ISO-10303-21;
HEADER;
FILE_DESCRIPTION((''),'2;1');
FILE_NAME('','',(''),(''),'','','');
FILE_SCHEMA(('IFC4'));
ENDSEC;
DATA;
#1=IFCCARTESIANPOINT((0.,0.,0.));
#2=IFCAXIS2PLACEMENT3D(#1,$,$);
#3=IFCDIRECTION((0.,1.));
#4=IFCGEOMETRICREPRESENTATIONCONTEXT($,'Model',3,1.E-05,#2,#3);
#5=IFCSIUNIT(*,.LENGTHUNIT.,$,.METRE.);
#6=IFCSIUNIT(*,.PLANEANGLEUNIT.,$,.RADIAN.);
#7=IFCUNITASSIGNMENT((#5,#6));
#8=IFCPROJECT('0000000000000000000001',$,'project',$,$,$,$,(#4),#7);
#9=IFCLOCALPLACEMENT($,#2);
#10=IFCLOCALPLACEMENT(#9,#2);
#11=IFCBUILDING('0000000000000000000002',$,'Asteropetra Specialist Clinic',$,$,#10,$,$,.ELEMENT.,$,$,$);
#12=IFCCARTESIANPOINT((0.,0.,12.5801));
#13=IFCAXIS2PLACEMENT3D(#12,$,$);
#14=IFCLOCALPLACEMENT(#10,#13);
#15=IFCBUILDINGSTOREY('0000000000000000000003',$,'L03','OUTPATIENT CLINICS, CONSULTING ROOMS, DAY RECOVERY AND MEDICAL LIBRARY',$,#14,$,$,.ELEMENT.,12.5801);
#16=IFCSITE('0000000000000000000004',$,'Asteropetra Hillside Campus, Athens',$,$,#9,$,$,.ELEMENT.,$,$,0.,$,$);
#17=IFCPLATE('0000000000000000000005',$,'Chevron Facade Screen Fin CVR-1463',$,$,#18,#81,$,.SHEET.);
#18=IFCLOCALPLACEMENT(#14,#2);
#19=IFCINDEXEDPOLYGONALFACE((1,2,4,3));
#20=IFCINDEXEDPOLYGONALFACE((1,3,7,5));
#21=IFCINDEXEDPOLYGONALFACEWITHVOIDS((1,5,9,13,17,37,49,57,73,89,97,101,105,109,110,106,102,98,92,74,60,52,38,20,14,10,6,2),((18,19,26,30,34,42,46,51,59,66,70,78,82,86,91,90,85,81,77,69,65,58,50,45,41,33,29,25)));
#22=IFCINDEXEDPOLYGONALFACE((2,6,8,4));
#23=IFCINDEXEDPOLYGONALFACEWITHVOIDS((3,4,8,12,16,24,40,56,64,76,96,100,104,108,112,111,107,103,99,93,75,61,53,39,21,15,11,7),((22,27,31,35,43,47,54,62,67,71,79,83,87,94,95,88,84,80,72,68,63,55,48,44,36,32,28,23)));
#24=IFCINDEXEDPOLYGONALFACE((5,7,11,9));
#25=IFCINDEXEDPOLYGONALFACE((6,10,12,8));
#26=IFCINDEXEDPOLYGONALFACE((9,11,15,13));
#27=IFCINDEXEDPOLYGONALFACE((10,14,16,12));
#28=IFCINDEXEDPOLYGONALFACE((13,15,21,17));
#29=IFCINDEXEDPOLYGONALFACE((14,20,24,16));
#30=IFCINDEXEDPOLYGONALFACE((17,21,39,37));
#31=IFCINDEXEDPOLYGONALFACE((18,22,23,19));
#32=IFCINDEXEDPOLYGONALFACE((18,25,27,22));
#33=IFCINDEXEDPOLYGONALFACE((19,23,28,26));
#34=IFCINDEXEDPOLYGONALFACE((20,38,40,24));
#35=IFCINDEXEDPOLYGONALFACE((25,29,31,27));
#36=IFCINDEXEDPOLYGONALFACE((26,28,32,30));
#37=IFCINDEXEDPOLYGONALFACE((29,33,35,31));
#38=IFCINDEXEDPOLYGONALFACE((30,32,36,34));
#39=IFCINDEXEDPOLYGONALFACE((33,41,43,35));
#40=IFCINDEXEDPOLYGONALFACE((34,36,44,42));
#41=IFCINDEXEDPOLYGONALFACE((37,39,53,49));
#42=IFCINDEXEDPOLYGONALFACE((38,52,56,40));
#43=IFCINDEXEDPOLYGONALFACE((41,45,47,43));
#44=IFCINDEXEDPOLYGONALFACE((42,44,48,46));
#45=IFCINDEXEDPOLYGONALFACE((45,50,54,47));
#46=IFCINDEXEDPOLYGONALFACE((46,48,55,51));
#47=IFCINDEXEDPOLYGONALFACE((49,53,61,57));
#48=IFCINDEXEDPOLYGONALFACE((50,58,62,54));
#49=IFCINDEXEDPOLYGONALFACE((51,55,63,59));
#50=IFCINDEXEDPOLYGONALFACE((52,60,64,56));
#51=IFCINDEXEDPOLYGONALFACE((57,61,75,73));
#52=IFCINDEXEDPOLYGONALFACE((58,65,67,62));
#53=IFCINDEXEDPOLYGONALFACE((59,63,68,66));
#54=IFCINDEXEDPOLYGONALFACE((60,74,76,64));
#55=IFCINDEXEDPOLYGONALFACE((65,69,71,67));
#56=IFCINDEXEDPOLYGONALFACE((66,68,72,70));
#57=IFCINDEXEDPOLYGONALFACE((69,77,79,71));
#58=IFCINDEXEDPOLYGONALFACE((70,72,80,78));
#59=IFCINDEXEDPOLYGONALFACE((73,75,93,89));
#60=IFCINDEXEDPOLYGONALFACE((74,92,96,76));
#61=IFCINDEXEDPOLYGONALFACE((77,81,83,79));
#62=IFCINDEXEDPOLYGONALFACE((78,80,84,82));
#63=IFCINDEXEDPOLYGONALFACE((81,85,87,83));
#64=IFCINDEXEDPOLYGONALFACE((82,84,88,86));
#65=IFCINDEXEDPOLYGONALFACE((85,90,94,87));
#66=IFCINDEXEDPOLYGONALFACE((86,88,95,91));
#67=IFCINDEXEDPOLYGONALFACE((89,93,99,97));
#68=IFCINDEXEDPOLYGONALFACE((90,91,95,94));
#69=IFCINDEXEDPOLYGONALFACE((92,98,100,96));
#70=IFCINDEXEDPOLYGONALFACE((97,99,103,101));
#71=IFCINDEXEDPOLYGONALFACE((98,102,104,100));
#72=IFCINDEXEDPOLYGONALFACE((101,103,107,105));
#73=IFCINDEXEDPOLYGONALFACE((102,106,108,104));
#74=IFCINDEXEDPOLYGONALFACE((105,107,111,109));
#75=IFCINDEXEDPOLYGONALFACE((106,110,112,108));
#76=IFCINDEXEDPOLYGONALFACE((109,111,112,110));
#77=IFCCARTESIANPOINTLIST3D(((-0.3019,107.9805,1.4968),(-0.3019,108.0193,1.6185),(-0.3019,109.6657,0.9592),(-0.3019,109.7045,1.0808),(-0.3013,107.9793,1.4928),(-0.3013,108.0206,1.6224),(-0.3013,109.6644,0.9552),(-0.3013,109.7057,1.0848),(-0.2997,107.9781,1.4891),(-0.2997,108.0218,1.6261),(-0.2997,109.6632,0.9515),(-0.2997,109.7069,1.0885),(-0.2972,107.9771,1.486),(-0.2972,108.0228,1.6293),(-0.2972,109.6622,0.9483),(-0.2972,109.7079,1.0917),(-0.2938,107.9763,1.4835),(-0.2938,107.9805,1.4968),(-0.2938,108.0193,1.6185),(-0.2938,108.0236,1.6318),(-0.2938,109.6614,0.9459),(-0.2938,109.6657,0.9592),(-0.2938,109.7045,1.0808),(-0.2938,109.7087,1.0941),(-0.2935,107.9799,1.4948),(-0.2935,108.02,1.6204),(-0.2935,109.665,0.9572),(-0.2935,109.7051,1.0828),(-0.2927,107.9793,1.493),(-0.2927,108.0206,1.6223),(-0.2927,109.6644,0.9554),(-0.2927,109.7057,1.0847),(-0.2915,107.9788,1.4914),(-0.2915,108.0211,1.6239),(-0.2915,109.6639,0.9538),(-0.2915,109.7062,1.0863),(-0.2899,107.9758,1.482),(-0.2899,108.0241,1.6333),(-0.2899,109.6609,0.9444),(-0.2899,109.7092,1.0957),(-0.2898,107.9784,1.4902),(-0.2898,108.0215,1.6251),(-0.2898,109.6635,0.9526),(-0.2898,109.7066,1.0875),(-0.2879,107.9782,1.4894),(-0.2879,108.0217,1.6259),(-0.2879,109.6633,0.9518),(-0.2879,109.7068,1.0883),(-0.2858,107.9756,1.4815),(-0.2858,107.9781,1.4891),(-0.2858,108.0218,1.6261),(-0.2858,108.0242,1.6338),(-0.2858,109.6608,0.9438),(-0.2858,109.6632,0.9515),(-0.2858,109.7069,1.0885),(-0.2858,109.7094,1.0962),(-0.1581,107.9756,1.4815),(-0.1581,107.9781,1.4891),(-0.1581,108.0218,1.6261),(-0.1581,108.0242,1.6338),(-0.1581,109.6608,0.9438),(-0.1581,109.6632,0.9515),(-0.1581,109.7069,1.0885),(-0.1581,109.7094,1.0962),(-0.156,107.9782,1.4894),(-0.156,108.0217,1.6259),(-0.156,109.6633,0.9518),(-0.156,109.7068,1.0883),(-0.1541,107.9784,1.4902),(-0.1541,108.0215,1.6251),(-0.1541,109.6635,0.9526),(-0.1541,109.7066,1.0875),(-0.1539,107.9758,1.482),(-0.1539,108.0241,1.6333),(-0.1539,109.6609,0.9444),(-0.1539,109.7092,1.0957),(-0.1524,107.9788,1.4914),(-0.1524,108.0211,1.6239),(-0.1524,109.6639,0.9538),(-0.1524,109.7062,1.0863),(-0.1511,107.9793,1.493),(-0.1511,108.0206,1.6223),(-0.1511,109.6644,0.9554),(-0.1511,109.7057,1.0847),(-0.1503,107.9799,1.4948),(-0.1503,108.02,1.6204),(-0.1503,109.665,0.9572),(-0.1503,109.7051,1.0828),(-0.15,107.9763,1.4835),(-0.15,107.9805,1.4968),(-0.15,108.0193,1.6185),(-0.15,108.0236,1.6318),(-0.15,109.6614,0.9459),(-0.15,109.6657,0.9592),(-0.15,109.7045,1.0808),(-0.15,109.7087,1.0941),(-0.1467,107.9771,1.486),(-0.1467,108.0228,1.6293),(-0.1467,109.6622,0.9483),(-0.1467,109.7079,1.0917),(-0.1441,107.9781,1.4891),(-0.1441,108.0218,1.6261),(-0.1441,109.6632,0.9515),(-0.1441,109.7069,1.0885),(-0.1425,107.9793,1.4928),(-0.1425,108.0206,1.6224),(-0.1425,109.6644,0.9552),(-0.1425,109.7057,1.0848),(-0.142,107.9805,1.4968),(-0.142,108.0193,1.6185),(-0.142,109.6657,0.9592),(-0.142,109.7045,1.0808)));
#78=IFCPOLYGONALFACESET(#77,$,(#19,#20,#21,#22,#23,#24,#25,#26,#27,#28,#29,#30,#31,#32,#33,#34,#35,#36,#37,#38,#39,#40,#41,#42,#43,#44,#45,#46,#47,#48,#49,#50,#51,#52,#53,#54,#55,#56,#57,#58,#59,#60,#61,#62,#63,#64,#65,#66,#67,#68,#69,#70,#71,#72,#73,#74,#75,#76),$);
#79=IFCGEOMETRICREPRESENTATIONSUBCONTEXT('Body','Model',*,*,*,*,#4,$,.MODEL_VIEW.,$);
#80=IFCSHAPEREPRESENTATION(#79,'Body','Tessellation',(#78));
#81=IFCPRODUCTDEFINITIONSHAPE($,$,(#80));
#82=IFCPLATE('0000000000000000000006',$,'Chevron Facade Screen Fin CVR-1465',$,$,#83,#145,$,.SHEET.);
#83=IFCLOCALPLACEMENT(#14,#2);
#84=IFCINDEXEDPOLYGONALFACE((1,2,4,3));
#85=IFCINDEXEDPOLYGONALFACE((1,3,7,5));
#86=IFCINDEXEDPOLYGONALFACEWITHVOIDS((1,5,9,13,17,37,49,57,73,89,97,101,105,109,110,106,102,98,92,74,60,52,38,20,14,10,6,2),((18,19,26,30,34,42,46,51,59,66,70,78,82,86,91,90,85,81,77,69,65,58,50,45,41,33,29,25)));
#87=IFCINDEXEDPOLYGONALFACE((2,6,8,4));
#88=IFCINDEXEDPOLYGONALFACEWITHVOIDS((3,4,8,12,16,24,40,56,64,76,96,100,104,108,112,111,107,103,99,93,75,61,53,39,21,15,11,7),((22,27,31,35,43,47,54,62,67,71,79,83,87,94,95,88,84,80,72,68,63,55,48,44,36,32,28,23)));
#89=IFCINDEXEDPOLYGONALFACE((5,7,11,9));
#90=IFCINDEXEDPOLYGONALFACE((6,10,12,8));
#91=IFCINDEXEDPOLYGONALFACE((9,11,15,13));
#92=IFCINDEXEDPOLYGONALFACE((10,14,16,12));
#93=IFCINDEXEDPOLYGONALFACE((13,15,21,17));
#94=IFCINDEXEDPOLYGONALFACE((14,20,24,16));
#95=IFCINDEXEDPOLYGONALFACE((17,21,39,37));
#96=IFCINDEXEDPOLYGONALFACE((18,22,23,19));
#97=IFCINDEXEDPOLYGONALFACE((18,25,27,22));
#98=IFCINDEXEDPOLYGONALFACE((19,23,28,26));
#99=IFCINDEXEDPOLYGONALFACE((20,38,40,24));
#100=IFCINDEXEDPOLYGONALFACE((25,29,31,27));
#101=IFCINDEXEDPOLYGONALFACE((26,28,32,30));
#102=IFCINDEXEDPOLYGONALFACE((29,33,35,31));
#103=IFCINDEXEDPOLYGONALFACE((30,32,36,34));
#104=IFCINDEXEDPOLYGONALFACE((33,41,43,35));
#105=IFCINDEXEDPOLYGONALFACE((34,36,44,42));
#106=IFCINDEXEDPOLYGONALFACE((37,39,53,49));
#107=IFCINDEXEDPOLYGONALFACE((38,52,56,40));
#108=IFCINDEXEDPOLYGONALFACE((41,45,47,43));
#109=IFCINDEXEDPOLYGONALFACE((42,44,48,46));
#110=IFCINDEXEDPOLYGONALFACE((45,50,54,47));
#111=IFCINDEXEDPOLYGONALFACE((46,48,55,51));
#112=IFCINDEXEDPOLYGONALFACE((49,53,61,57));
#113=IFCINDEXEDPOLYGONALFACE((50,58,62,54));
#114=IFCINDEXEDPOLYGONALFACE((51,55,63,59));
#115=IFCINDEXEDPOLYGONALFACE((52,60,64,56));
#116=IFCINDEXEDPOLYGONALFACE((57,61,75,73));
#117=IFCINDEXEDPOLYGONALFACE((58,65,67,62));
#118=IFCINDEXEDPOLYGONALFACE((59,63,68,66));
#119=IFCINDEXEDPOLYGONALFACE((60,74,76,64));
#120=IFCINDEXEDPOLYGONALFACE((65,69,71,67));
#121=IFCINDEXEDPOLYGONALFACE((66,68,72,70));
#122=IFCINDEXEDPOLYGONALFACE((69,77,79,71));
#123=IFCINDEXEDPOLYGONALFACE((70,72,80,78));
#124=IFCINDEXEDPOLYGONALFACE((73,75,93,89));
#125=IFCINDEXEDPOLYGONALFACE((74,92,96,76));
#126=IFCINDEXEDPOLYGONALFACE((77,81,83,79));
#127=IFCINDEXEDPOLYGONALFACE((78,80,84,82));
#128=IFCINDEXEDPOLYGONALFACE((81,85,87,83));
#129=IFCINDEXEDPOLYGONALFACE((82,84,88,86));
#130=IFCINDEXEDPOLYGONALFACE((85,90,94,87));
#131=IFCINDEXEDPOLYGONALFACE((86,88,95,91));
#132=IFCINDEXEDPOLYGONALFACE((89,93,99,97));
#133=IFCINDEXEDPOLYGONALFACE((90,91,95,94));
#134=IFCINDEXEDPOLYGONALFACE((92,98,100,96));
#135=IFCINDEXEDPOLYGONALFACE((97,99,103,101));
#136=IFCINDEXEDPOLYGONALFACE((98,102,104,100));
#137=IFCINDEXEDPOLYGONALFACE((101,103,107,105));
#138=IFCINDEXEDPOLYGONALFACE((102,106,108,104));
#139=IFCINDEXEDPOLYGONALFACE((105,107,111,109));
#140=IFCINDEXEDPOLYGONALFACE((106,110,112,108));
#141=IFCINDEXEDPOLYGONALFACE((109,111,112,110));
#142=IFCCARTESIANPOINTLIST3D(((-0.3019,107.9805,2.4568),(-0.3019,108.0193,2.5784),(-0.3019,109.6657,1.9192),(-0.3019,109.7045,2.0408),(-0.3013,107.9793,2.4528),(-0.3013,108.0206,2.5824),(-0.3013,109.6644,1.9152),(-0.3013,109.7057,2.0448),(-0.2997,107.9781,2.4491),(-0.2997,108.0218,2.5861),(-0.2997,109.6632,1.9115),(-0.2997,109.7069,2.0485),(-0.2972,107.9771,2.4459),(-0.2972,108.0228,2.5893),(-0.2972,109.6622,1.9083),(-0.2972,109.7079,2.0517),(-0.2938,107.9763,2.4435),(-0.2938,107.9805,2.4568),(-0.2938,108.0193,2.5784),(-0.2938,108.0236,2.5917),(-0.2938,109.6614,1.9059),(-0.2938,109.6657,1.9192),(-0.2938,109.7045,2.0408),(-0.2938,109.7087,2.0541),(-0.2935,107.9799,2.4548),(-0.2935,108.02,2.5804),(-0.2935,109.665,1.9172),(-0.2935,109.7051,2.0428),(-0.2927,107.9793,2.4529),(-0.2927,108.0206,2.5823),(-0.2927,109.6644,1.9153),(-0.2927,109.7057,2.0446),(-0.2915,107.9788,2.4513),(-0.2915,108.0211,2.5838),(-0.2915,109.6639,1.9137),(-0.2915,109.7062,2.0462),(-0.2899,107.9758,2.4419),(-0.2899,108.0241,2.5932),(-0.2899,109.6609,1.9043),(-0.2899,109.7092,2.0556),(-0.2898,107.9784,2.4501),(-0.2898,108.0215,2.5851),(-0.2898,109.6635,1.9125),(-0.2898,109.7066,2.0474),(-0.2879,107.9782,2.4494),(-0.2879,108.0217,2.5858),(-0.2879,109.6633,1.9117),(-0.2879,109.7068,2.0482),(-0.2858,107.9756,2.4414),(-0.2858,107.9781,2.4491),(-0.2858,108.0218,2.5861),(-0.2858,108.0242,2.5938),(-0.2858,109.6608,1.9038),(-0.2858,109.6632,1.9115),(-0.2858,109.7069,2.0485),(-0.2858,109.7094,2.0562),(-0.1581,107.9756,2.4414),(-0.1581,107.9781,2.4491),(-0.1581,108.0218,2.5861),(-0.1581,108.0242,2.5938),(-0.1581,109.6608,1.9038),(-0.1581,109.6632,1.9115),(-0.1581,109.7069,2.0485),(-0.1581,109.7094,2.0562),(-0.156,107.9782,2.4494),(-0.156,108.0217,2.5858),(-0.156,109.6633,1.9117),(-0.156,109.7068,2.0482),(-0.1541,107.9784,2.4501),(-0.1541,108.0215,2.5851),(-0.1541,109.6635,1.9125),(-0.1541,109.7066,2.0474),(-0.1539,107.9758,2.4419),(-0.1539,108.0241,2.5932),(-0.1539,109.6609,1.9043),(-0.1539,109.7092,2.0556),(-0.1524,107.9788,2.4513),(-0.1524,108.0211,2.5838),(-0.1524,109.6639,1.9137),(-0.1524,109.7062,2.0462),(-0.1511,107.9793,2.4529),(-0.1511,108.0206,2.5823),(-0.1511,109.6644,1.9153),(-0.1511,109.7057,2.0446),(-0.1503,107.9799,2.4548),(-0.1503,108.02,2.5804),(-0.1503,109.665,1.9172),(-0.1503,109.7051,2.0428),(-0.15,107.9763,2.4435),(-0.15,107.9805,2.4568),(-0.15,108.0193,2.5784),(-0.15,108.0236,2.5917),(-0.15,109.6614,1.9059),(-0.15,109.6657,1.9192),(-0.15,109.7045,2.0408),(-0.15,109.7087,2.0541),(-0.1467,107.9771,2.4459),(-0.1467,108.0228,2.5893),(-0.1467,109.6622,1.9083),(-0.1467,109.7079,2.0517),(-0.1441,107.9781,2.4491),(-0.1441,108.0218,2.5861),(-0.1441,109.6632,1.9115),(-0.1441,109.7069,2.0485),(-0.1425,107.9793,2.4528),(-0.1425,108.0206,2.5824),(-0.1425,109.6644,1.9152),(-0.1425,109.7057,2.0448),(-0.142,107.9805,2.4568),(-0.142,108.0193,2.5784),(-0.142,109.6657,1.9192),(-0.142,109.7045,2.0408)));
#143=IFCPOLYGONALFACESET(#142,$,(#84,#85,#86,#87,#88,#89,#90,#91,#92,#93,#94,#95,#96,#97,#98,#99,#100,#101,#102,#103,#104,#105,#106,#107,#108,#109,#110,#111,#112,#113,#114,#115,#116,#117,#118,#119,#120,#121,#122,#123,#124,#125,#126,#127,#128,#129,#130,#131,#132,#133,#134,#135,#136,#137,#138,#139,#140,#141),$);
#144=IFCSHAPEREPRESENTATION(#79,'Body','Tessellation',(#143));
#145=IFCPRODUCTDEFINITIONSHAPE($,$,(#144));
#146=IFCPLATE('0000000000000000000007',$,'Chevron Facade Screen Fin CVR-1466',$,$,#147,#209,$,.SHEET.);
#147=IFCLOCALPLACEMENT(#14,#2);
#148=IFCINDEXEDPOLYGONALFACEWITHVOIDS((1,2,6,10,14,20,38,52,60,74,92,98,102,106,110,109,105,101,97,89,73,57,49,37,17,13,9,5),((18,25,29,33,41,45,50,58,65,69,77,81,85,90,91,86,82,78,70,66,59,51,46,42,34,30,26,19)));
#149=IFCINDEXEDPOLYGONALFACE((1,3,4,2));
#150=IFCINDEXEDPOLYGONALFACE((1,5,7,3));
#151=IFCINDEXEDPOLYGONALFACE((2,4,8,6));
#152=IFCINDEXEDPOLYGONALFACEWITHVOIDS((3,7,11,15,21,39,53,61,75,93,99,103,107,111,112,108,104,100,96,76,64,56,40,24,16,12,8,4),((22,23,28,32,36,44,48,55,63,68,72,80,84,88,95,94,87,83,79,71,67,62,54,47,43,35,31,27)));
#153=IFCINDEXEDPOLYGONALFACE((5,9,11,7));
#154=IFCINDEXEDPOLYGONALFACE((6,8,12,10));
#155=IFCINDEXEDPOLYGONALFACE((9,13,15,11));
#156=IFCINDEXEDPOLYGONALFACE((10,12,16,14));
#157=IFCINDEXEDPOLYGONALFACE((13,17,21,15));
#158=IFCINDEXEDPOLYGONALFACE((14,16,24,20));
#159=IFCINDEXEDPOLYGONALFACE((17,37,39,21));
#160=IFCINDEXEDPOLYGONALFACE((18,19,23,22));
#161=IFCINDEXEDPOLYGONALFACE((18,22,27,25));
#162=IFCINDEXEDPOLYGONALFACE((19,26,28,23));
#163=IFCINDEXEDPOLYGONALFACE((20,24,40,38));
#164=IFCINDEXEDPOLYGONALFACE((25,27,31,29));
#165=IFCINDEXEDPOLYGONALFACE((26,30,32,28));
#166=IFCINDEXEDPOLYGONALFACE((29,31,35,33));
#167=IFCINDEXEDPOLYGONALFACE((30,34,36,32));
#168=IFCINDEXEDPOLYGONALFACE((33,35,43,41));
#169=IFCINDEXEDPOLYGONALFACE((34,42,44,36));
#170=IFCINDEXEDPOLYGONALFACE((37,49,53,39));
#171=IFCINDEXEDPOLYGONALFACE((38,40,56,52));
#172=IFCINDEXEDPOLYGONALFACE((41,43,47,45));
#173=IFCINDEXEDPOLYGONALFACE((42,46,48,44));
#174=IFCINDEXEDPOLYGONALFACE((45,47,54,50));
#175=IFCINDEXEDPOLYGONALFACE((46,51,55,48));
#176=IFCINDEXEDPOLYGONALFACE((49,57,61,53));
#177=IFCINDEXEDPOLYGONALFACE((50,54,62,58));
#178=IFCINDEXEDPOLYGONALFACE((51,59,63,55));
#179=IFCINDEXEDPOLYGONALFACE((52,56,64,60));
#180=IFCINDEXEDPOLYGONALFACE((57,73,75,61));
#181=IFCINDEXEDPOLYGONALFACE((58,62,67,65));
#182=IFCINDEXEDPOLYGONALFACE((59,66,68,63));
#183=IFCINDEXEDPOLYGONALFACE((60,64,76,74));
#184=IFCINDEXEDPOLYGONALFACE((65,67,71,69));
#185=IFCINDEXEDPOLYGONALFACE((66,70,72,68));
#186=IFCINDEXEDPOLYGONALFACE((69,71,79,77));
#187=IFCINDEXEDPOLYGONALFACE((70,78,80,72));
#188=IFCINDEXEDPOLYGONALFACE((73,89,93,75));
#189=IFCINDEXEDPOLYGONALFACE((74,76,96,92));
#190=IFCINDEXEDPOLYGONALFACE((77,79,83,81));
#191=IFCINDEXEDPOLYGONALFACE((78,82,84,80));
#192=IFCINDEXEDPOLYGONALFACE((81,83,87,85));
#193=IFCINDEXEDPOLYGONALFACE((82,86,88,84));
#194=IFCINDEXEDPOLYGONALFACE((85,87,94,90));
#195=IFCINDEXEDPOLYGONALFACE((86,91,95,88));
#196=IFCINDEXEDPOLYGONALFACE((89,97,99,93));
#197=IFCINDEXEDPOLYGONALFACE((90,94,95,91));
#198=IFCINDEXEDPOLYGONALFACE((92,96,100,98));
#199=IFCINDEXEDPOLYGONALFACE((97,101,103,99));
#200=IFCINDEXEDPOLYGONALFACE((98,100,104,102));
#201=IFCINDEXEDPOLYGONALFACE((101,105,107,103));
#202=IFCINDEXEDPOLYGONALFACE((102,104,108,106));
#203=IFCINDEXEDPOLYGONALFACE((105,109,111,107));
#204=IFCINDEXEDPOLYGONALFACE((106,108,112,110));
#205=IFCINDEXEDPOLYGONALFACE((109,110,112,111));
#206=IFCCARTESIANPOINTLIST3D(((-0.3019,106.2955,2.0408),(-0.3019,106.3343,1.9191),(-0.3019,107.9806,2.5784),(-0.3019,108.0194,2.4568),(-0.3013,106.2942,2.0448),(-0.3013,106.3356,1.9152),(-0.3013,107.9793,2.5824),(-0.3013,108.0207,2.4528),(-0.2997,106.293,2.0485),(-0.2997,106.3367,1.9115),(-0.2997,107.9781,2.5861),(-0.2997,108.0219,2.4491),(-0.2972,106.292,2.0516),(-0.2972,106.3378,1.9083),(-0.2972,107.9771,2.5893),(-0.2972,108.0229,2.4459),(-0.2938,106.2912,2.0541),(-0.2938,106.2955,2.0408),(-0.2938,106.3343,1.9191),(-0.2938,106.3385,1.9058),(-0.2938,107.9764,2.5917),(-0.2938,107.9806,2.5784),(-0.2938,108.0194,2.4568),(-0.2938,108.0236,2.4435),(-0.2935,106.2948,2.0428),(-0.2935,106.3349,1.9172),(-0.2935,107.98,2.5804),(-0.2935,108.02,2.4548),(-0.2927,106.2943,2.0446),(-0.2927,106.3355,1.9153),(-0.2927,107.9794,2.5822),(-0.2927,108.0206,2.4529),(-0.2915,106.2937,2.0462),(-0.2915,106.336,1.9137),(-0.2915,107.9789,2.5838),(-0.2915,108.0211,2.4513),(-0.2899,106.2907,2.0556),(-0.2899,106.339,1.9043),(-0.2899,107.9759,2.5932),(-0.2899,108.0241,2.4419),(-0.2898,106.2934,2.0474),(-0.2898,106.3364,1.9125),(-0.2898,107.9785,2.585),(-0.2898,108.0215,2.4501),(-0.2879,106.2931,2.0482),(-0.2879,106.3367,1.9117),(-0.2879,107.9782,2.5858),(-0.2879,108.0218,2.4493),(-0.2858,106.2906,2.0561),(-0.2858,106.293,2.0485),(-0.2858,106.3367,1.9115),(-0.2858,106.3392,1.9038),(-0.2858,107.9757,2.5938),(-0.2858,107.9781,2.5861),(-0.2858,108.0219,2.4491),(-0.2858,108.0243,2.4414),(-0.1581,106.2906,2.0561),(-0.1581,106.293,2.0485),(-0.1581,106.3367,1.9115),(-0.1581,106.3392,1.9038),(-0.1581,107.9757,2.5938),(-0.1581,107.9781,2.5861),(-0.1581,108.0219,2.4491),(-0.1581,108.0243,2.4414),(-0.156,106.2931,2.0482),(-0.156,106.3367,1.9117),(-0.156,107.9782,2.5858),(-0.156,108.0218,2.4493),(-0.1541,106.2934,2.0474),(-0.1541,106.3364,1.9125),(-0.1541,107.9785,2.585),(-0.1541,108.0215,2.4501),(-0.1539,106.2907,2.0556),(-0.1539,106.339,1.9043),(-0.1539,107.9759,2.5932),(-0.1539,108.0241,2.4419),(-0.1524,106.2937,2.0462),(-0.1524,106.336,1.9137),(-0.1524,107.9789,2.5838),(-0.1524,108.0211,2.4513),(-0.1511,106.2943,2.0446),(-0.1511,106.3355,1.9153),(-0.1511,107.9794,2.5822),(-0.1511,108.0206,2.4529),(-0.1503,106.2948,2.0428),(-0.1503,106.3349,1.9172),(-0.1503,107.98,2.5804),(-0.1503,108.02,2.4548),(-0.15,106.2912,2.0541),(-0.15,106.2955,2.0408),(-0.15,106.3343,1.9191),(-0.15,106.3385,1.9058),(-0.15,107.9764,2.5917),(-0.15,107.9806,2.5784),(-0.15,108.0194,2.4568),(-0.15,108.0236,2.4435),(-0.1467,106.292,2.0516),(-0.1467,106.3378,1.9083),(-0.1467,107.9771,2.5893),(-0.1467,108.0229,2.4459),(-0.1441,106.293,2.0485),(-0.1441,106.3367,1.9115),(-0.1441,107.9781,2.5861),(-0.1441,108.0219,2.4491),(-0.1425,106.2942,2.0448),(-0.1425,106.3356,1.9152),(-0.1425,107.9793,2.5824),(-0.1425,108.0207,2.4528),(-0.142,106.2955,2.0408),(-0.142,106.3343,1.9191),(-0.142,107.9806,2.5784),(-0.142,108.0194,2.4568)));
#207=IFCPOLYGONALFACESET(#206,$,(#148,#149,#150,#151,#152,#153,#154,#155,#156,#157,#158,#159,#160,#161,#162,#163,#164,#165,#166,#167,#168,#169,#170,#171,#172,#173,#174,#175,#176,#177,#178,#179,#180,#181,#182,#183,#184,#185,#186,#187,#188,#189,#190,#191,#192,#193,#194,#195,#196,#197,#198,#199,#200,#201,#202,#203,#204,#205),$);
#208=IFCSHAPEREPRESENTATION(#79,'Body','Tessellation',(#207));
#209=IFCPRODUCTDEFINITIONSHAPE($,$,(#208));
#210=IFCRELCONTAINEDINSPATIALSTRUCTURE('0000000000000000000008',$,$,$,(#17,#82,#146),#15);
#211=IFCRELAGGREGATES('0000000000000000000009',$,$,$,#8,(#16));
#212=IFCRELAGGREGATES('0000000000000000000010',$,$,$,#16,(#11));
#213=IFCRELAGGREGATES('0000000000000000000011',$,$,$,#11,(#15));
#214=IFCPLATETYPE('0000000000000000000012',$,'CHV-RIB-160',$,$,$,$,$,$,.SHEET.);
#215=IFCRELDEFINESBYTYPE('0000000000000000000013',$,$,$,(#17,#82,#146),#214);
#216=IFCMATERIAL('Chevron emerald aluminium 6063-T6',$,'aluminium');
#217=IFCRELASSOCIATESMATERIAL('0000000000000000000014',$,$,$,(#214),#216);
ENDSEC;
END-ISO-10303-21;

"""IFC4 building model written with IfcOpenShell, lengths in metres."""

from ifc_helpers import new_model, si_unit, direction, frame, origin, origin_2d, place, context, subcontext, project, spatial, hollow_rectangle, extrude, material, material_profile, profile_set, type_object, element, save


model = new_model("IFC4")

# Units and contexts
model_context = context("Model", 3, precision=1e-05, world=origin(), true_north=direction((0.0, 1.0)))
body_context = subcontext(model_context, "Body", "Model", "MODEL_VIEW")
ifc_project = project(units=[si_unit("LENGTHUNIT", "METRE"), si_unit("PLANEANGLEUNIT", "RADIAN")], contexts=[model_context])

# Site, building, storey
site_placement = place(None, origin())
site = spatial("IfcSite", under=ifc_project, at=site_placement, Name="Asteropetra Hillside Campus, Athens", CompositionType="ELEMENT", RefElevation=0.0)
building_placement = place(site_placement, origin())
building = spatial("IfcBuilding", under=site, at=building_placement, Name="Asteropetra Specialist Clinic", CompositionType="ELEMENT")
storey_placement = place(building_placement, frame((0.0, 0.0, 12.5801)))
storey = spatial("IfcBuildingStorey", under=building, at=storey_placement, Name="L03", Description="OUTPATIENT CLINICS, CONSULTING ROOMS, DAY RECOVERY AND MEDICAL LIBRARY", CompositionType="ELEMENT", Elevation=12.5801)

# Plates
ifc_material_1 = material(Name="Chevron emerald aluminium 6063-T6", Category="aluminium")
ifc_material_profile_1 = material_profile(ifc_material_1, hollow_rectangle(XDim=0.1599, YDim=0.1599, WallThickness=0.0081, InnerFilletRadius=0.0081, OuterFilletRadius=0.0161, at=origin_2d()), Name="SHS 160x160x8.0")
ifc_profile_set_1 = profile_set([ifc_material_profile_1], Name="Chevron emerald aluminium 6063-T6")
plate_type_1 = type_object("IfcPlateType", Name="CHV-RIB-160", PredefinedType="SHEET", material=ifc_profile_set_1)
for number, where, z_axis, x_axis, name in (
    (1, (-0.2219, 109.6851, 1.02), (0.0, -0.95269, 0.303944), (1.0, 0.0, 0.0), "Chevron Facade Screen Fin CVR-1463"),
    (2, (-0.2219, 109.6851, 1.98), (0.0, -0.95269, 0.303944), (1.0, 0.0, 0.0), "Chevron Facade Screen Fin CVR-1465"),
    (3, (-0.2219, 108.0, 2.5176), (0.0, -0.95269, -0.303944), (1.0, 0.0, 0.0), "Chevron Facade Screen Fin CVR-1466"),
):
    element("IfcPlate", number, at=place(storey_placement, frame(where, z_axis=z_axis, x_axis=x_axis)), inside=storey, type_object=plate_type_1, Name=name, PredefinedType="SHEET", context=body_context, shape_type="SweptSolid", body=[
        extrude(hollow_rectangle(XDim=0.1599, YDim=0.1599, WallThickness=0.0081, InnerFilletRadius=0.0081, OuterFilletRadius=0.0161, at=origin_2d()), origin(), (0.0, 0.0, 1.0), 1.7688),
    ])

save(model, "model.ifc")
